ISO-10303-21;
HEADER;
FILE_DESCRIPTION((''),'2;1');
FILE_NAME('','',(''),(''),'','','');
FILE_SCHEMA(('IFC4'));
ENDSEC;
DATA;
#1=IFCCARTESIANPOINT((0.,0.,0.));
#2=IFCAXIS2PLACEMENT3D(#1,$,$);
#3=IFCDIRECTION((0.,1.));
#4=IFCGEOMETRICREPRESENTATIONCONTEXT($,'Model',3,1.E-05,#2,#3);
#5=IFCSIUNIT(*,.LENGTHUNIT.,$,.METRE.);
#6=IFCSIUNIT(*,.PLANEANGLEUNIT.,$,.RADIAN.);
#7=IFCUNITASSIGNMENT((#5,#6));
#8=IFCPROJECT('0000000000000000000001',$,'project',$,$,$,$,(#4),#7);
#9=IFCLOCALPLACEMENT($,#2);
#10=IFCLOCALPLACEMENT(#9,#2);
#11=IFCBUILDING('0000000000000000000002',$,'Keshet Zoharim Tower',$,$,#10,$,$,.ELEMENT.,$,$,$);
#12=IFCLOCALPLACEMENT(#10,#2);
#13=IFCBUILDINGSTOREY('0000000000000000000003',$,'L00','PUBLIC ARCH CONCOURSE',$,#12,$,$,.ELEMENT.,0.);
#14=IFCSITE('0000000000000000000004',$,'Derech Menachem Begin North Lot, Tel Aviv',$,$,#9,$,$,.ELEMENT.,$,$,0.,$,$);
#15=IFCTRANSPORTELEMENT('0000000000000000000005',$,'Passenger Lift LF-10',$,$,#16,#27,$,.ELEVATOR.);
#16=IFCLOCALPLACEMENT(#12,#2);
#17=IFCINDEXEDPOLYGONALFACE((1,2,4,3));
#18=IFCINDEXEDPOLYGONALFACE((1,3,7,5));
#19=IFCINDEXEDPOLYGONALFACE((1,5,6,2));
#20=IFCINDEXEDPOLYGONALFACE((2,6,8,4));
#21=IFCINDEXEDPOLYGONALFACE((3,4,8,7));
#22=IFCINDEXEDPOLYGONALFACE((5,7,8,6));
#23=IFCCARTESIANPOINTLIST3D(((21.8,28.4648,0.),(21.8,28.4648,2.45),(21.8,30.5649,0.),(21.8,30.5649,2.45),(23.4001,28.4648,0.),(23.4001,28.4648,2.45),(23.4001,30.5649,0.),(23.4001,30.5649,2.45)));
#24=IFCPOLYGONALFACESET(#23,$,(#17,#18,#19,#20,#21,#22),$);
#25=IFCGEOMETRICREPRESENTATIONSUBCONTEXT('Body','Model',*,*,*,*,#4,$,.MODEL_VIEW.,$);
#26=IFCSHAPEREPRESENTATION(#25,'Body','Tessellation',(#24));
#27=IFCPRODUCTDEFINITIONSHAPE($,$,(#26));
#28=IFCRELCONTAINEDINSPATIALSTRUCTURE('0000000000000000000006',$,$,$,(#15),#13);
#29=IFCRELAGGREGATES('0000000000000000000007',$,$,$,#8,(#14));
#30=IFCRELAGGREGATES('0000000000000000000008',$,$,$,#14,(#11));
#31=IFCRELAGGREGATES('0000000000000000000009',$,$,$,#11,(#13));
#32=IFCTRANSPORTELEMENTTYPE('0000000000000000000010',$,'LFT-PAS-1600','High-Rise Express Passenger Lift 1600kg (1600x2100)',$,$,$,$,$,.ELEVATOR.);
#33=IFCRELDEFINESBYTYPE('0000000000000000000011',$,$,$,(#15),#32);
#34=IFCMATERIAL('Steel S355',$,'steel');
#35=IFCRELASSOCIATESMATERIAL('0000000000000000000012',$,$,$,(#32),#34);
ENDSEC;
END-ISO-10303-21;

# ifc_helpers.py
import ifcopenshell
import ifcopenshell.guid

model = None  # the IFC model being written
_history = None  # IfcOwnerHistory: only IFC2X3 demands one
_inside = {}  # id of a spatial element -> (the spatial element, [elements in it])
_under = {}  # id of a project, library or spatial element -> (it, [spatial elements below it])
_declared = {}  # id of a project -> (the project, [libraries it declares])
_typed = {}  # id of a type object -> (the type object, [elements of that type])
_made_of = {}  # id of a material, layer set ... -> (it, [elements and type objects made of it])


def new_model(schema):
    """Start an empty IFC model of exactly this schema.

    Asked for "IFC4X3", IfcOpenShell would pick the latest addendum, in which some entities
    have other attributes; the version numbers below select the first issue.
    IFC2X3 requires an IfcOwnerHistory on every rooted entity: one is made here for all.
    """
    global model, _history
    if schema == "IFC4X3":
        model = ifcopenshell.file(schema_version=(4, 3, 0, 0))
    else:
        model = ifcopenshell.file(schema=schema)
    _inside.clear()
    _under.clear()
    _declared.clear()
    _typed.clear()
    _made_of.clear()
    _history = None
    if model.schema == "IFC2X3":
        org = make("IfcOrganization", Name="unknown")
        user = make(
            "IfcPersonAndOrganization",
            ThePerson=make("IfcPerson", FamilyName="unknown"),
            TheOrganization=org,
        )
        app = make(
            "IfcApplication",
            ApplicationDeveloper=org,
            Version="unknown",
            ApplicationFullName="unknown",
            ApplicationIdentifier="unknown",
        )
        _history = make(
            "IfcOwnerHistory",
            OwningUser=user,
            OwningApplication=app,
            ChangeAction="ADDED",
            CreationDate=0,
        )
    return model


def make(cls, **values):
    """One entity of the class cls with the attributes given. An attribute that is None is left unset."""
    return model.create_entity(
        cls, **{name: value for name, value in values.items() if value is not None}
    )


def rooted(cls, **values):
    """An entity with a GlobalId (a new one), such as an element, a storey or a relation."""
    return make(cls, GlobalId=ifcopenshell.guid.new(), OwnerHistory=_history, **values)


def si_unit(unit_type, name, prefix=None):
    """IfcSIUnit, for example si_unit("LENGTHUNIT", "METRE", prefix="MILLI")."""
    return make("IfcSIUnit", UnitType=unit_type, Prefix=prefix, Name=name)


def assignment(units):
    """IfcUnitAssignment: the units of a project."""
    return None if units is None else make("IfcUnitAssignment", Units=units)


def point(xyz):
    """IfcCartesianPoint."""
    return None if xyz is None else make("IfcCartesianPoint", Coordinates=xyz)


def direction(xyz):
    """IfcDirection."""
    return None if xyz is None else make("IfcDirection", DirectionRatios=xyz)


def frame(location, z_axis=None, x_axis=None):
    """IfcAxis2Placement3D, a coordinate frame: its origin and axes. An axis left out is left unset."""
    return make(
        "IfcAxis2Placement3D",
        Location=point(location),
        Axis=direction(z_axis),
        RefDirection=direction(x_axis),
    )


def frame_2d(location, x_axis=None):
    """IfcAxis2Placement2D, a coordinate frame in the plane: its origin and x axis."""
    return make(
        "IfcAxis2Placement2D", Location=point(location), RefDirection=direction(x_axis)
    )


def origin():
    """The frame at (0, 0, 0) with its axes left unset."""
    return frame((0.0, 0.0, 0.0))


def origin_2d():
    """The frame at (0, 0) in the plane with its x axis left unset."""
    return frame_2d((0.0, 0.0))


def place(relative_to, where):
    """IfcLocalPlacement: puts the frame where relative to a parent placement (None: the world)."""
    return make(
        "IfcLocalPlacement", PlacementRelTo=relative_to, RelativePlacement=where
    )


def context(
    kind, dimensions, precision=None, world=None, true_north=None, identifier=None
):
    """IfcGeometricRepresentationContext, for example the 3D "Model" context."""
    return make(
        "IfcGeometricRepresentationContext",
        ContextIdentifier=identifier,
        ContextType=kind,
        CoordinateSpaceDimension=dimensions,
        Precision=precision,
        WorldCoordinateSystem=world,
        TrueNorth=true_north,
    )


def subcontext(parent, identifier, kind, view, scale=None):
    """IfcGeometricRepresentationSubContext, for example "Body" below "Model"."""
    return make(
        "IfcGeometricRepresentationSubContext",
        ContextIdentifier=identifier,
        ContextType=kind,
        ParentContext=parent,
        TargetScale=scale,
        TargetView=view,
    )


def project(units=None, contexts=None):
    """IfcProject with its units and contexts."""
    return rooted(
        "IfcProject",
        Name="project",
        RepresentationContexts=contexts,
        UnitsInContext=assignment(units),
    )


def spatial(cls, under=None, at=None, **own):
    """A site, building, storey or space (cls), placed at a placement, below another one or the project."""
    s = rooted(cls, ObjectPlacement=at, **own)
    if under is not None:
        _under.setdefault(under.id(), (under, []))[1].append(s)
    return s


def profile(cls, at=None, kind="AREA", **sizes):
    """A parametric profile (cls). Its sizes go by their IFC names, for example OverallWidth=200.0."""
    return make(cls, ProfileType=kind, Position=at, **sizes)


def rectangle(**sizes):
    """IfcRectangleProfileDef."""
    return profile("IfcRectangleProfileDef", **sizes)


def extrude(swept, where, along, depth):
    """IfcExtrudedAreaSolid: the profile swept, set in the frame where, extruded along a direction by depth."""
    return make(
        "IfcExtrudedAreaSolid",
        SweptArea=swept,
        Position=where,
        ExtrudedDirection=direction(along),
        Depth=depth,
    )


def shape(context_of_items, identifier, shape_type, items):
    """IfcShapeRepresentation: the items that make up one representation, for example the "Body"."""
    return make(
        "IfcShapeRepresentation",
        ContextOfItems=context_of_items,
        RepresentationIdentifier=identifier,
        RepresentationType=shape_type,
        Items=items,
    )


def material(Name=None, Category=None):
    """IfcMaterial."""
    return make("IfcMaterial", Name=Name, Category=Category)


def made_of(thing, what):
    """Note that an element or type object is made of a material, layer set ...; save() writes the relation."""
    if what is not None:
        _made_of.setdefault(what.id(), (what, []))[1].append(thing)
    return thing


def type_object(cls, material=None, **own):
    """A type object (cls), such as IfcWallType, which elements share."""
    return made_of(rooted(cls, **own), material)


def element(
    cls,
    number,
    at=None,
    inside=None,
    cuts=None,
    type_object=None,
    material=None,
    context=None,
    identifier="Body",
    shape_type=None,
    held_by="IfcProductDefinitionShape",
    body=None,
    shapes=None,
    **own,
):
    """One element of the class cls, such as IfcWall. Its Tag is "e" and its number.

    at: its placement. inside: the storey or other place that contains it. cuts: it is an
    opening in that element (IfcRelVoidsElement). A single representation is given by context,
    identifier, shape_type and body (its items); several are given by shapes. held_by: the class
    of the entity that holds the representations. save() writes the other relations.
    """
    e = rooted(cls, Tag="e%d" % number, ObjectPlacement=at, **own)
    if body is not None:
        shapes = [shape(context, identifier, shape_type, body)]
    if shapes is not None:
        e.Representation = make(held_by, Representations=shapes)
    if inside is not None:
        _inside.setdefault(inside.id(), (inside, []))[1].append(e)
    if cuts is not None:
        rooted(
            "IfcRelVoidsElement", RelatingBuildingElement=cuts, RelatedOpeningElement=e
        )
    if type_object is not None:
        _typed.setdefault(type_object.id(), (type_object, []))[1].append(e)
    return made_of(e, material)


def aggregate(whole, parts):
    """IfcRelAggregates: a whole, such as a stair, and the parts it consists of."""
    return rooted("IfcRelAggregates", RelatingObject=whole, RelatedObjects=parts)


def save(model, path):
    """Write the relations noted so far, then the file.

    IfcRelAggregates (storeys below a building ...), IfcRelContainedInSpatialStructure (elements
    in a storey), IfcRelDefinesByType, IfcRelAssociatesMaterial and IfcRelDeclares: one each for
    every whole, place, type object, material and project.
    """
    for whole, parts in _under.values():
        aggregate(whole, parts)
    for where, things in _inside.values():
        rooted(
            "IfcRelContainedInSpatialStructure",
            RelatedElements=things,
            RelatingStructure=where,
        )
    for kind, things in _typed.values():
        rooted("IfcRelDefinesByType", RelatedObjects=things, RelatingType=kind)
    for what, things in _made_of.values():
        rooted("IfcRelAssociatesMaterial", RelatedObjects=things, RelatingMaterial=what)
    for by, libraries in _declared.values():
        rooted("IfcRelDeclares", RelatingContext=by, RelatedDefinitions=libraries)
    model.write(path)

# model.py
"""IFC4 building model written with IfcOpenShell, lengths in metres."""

from ifc_helpers import new_model, si_unit, direction, frame, origin, origin_2d, place, context, subcontext, project, spatial, rectangle, extrude, material, type_object, element, save


model = new_model("IFC4")

# Units and contexts
model_context = context("Model", 3, precision=1e-05, world=origin(), true_north=direction((0.0, 1.0)))
body_context = subcontext(model_context, "Body", "Model", "MODEL_VIEW")
ifc_project = project(units=[si_unit("LENGTHUNIT", "METRE"), si_unit("PLANEANGLEUNIT", "RADIAN")], contexts=[model_context])

# Site, building, storey
site_placement = place(None, origin())
site = spatial("IfcSite", under=ifc_project, at=site_placement, Name="Derech Menachem Begin North Lot, Tel Aviv", CompositionType="ELEMENT", RefElevation=0.0)
building_placement = place(site_placement, origin())
building = spatial("IfcBuilding", under=site, at=building_placement, Name="Keshet Zoharim Tower", CompositionType="ELEMENT")
storey_placement = place(building_placement, origin())
storey = spatial("IfcBuildingStorey", under=building, at=storey_placement, Name="L00", Description="PUBLIC ARCH CONCOURSE", CompositionType="ELEMENT", Elevation=0.0)

# Shared definitions
ifc_material_1 = material(Name="Steel S355", Category="steel")

# Transport element
transport_element_type = type_object("IfcTransportElementType", Name="LFT-PAS-1600", Description="High-Rise Express Passenger Lift 1600kg (1600x2100)", PredefinedType="ELEVATOR", material=ifc_material_1)
for number, where, z_axis, x_axis, name in (
    (1, (22.6001, 29.5149, 0.0), (0.0, 0.0, 1.0), (1.0, 0.0, 0.0), "Passenger Lift LF-10"),
):
    element("IfcTransportElement", number, at=place(storey_placement, frame(where, z_axis=z_axis, x_axis=x_axis)), inside=storey, type_object=transport_element_type, Name=name, PredefinedType="ELEVATOR", context=body_context, shape_type="SweptSolid", body=[
        extrude(rectangle(XDim=1.6001, YDim=2.1001, at=origin_2d()), origin(), (0.0, 0.0, 1.0), 2.45),
    ])

save(model, "model.ifc")
